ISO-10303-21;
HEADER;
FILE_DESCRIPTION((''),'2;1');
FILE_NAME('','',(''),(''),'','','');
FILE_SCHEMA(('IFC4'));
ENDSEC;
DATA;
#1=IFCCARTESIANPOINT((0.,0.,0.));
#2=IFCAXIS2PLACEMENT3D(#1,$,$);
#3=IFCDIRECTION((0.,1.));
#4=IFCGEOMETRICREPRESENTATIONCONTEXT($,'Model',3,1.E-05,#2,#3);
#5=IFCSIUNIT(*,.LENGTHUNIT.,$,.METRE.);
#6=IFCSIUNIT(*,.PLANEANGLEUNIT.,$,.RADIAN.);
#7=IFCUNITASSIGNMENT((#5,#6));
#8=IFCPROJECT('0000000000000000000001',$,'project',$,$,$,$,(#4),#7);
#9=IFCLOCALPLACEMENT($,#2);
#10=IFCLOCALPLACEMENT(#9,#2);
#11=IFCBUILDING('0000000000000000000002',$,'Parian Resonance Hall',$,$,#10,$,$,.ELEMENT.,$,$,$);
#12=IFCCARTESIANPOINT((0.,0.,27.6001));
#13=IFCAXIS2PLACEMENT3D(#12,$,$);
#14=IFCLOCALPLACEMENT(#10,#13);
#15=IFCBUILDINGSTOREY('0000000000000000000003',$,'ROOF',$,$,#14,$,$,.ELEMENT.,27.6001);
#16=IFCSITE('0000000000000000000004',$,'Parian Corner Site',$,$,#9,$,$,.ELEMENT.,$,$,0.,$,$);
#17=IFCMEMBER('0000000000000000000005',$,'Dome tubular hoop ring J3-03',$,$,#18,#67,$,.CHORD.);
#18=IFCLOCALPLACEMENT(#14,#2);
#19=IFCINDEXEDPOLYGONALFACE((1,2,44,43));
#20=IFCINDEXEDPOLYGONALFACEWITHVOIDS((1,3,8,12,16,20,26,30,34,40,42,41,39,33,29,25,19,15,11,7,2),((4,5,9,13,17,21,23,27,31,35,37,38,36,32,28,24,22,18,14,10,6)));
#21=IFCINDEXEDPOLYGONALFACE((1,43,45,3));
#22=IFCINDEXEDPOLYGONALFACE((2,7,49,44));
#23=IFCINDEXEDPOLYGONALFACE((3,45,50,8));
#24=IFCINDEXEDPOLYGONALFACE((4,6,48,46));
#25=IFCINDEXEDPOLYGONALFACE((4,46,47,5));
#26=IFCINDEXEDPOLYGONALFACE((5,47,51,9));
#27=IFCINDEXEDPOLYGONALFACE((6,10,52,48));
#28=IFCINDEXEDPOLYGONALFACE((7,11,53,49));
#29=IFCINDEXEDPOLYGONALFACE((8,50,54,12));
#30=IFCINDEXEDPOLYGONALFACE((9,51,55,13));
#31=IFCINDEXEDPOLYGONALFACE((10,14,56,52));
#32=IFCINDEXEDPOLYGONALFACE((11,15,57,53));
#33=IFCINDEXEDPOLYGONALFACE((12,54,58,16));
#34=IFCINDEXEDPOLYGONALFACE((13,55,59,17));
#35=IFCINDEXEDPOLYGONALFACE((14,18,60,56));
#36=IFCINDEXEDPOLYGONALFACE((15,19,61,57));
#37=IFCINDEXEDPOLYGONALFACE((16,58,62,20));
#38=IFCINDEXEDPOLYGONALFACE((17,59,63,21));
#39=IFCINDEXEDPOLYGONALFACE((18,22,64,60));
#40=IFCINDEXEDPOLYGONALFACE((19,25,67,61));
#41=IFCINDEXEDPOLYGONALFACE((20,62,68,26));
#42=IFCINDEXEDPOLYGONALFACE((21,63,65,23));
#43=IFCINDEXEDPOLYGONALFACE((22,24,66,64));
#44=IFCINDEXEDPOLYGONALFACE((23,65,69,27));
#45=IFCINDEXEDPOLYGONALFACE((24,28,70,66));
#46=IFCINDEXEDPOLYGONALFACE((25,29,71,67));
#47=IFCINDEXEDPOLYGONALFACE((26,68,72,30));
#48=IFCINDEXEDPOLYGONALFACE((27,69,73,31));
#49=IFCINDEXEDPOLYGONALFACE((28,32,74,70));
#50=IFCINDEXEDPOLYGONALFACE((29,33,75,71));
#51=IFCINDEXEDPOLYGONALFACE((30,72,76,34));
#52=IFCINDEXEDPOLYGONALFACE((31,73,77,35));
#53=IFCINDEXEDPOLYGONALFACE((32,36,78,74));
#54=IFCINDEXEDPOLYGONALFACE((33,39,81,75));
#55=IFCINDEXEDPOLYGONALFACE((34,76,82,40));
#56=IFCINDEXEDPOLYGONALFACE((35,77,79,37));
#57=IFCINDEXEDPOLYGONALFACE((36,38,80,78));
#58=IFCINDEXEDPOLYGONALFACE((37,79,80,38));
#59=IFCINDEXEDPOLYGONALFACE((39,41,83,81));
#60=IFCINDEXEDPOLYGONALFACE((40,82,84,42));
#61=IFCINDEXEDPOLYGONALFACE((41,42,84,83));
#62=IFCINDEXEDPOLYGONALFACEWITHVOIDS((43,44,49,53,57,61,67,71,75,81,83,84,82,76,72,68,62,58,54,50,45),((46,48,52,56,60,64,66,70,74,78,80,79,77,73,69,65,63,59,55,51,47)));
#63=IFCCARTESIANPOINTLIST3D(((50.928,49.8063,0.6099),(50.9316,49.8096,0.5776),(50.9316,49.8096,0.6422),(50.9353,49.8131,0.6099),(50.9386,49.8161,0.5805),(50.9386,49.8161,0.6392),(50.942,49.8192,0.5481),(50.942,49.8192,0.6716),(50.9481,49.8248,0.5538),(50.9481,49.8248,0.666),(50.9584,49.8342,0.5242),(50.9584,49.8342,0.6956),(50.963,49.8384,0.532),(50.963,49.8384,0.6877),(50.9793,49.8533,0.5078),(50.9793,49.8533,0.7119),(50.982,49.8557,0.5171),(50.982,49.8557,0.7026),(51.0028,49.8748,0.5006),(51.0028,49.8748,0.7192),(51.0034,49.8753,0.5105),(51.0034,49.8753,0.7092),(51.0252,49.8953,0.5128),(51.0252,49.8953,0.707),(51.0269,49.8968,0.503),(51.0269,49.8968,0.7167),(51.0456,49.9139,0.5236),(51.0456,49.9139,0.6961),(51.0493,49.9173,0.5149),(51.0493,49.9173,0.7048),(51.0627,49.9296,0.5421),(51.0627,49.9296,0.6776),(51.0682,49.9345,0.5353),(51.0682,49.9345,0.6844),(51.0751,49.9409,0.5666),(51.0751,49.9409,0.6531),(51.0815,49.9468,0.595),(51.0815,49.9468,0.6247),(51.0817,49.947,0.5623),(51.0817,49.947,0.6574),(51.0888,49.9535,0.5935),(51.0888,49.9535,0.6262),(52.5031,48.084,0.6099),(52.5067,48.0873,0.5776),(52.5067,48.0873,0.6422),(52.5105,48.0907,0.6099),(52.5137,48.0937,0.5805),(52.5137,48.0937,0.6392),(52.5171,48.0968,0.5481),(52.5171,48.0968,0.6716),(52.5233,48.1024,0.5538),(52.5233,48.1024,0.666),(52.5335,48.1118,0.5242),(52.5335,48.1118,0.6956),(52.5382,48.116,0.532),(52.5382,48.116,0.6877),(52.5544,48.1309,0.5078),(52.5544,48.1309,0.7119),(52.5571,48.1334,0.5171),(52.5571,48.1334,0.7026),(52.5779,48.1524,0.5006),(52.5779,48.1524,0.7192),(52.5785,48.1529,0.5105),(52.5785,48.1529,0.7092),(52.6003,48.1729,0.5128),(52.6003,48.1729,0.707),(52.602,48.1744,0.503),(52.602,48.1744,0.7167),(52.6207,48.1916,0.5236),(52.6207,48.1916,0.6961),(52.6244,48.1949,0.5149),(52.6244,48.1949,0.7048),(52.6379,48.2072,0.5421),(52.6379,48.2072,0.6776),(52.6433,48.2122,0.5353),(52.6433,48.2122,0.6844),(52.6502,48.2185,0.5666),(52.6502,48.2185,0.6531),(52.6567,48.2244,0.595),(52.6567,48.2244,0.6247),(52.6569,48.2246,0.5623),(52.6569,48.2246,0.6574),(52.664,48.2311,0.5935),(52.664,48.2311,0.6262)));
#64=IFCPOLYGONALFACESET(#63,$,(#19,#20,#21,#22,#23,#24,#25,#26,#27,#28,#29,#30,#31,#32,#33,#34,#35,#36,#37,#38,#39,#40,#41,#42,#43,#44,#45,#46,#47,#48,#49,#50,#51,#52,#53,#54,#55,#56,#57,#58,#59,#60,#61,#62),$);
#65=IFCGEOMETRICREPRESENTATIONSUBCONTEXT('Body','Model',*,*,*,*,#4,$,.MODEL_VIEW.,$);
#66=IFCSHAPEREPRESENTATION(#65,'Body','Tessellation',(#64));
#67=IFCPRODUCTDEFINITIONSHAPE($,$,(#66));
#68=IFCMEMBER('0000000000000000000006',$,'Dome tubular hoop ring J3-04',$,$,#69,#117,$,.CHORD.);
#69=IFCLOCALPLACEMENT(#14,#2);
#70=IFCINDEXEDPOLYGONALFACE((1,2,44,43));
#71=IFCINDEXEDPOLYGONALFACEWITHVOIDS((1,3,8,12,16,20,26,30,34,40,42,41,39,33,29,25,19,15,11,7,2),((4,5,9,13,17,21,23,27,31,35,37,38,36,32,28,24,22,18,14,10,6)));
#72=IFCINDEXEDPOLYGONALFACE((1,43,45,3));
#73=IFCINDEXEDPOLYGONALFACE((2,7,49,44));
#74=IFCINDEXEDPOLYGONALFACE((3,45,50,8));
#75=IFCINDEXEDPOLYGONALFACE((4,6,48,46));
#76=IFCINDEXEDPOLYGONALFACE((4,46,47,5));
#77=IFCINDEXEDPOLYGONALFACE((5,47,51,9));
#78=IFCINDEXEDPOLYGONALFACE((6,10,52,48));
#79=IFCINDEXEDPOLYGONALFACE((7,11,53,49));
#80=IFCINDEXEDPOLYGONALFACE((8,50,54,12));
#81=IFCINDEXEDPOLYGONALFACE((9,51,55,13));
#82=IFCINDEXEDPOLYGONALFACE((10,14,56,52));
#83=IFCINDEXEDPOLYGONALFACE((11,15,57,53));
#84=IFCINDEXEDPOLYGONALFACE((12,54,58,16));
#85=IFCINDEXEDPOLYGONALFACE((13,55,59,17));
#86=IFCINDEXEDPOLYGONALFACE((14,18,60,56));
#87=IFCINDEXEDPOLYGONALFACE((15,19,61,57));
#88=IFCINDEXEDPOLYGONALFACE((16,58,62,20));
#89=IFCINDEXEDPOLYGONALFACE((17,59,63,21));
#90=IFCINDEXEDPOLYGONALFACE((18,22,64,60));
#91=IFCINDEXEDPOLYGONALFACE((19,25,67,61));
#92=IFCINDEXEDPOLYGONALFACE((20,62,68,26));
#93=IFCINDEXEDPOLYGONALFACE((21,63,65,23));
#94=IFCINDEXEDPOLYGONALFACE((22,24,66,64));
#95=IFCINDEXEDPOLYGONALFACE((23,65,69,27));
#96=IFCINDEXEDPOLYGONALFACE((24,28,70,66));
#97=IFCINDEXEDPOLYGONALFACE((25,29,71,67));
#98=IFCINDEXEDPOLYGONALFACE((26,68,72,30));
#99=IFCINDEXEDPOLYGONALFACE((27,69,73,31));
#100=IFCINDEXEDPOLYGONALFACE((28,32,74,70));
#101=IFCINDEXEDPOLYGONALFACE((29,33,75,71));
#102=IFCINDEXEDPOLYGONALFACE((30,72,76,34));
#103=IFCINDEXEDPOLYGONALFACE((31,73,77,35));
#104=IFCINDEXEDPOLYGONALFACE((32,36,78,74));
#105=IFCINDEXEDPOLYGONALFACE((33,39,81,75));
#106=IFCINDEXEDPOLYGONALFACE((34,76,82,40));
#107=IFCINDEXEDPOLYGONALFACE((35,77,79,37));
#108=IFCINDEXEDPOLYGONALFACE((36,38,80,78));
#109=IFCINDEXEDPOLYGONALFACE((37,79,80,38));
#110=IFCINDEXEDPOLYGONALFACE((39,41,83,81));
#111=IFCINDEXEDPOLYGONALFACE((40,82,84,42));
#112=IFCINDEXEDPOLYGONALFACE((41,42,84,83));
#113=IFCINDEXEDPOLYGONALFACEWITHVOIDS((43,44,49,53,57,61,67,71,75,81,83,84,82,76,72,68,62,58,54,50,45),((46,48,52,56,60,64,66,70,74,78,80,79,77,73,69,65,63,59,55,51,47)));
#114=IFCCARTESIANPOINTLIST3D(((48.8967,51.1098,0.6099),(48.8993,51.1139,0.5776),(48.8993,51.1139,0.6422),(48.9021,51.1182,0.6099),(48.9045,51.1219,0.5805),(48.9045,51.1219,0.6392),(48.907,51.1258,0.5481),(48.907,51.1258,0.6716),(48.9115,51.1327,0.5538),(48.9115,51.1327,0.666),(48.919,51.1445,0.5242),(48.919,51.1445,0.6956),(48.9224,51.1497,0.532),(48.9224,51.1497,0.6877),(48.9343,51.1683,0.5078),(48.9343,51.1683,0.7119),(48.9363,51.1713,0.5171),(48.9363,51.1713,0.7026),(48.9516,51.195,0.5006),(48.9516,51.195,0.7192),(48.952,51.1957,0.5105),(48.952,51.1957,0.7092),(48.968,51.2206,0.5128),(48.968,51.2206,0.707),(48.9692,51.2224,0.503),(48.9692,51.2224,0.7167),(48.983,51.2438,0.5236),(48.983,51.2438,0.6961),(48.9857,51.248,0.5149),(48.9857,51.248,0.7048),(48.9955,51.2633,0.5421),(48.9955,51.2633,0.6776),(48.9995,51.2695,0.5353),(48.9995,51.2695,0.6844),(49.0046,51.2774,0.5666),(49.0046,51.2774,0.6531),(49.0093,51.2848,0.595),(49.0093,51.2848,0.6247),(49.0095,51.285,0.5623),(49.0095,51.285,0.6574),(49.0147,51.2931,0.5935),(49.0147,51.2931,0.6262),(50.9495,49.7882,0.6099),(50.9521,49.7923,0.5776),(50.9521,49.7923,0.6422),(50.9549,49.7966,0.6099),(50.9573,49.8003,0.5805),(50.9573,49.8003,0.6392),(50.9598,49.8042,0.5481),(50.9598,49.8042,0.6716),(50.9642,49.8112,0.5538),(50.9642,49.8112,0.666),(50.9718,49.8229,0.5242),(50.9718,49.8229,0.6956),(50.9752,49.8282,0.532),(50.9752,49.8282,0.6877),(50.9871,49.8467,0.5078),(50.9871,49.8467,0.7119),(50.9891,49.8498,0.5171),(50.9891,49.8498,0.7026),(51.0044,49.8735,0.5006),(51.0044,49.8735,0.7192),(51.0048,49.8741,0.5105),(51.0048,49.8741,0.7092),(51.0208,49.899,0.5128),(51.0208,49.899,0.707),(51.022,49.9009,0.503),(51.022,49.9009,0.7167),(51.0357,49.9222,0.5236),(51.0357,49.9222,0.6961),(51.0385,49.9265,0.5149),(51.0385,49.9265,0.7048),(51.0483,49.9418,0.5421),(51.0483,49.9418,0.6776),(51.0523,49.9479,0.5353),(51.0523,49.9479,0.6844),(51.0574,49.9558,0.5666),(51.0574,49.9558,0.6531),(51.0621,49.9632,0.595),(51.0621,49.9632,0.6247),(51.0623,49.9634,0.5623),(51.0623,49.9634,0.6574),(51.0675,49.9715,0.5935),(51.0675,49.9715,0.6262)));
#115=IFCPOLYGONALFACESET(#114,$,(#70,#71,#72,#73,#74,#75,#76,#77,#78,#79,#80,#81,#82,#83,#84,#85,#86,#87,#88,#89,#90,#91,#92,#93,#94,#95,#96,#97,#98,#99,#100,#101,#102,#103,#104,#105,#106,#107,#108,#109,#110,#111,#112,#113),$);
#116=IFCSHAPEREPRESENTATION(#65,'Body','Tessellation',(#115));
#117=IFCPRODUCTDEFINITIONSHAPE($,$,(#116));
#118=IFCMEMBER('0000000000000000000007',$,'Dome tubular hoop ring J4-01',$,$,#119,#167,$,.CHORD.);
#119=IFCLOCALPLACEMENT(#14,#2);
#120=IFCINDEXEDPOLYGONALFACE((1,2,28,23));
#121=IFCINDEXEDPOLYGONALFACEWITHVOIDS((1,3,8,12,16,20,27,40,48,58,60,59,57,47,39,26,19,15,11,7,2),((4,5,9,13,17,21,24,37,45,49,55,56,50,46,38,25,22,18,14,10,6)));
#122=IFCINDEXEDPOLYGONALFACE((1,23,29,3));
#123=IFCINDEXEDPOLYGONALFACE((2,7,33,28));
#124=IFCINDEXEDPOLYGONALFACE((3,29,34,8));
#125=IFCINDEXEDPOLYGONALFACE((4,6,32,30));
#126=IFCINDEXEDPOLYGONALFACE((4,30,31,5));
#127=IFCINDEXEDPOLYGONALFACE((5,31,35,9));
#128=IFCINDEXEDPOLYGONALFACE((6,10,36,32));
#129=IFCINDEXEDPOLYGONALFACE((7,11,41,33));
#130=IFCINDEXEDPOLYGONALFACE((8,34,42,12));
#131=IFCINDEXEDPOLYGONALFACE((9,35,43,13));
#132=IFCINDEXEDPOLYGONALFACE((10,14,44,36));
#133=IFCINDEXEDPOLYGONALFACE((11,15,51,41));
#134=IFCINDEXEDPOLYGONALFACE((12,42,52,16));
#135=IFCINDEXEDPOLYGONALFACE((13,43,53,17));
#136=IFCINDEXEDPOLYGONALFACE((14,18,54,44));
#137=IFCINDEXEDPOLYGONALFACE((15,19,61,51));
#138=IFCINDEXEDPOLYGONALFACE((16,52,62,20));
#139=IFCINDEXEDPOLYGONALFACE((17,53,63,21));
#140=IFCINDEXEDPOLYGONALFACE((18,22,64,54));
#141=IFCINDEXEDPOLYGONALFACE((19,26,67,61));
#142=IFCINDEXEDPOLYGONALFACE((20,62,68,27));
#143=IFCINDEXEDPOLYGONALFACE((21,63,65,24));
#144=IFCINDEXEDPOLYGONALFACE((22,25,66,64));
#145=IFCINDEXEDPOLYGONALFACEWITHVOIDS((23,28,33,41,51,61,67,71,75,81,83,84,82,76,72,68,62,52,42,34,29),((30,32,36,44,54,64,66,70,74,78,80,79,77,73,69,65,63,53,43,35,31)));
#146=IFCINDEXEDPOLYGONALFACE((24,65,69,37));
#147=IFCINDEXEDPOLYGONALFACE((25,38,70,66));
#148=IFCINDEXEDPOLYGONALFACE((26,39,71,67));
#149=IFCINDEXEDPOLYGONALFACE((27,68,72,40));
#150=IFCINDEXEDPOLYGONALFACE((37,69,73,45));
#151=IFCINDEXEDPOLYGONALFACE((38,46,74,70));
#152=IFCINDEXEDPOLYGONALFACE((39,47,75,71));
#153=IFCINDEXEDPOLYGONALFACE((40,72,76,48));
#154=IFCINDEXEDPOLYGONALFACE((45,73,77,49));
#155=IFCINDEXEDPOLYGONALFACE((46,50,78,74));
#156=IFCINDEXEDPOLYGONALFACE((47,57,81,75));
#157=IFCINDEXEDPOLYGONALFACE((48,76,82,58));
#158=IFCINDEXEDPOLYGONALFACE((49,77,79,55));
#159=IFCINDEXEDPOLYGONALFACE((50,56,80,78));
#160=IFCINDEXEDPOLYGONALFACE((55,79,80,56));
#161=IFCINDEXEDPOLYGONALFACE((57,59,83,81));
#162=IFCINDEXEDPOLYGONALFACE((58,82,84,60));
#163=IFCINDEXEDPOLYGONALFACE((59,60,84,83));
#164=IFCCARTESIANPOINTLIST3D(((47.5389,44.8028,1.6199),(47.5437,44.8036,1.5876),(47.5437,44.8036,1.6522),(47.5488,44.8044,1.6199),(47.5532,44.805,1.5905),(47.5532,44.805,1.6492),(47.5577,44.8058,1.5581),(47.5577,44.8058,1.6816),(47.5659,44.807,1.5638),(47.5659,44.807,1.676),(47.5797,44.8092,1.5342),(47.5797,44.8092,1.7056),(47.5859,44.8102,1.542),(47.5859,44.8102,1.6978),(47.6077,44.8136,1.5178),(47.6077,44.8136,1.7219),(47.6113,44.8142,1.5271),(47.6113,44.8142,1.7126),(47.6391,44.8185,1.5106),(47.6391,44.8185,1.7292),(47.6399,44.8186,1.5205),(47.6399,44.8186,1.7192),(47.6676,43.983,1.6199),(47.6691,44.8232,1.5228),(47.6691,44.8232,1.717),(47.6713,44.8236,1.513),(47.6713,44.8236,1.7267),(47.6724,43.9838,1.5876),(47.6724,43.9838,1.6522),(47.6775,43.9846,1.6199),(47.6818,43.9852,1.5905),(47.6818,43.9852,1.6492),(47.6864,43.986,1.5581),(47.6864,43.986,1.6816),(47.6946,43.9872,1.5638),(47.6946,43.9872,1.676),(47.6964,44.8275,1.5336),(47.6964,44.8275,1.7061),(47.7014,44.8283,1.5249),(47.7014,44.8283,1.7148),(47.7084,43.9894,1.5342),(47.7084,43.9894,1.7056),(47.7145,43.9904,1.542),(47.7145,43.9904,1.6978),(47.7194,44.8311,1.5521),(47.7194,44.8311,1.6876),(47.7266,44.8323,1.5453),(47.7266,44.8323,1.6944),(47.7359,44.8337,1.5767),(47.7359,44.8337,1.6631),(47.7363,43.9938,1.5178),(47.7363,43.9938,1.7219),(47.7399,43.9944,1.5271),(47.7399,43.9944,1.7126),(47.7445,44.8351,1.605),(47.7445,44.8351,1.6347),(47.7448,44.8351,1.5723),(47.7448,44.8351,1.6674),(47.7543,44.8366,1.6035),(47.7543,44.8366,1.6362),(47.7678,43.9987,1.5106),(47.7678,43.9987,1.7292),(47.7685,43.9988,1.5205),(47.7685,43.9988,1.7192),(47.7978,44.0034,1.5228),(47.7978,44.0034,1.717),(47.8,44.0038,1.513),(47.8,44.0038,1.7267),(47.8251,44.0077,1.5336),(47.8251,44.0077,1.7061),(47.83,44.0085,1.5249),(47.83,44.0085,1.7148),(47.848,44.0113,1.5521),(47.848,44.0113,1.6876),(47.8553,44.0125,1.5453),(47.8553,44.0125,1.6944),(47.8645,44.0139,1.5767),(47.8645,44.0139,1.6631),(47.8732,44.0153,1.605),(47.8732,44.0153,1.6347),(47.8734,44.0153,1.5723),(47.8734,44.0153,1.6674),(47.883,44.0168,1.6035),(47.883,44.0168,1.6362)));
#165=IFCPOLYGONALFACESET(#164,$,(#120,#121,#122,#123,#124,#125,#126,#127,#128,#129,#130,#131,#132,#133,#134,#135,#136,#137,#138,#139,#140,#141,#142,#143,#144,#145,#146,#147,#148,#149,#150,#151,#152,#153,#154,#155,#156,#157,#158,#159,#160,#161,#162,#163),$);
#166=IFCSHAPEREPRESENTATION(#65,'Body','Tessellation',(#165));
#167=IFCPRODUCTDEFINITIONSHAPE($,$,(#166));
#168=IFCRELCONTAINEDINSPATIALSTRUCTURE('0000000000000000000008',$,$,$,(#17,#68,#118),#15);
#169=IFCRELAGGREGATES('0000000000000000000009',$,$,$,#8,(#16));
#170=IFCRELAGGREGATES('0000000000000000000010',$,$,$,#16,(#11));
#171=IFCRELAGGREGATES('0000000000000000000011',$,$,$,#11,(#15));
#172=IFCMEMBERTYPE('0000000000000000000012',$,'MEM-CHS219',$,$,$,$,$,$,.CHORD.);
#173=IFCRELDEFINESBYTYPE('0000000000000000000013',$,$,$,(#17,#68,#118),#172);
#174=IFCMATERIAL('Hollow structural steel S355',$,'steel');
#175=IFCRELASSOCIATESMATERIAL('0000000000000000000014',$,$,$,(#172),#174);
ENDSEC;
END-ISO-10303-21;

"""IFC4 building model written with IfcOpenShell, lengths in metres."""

from ifc_helpers import new_model, si_unit, direction, frame, origin, origin_2d, place, context, subcontext, project, spatial, hollow_circle, extrude, material, material_profile, profile_set, type_object, element, save


model = new_model("IFC4")

# Units and contexts
model_context = context("Model", 3, precision=1e-05, world=origin(), true_north=direction((0.0, 1.0)))
body_context = subcontext(model_context, "Body", "Model", "MODEL_VIEW")
ifc_project = project(units=[si_unit("LENGTHUNIT", "METRE"), si_unit("PLANEANGLEUNIT", "RADIAN")], contexts=[model_context])

# Site, building, storey
site_placement = place(None, origin())
site = spatial("IfcSite", under=ifc_project, at=site_placement, Name="Parian Corner Site", CompositionType="ELEMENT", RefElevation=0.0)
building_placement = place(site_placement, origin())
building = spatial("IfcBuilding", under=site, at=building_placement, Name="Parian Resonance Hall", CompositionType="ELEMENT")
storey_placement = place(building_placement, frame((0.0, 0.0, 27.6001)))
storey = spatial("IfcBuildingStorey", under=building, at=storey_placement, Name="ROOF", CompositionType="ELEMENT", Elevation=27.6001)

# Members
ifc_material_1 = material(Name="Hollow structural steel S355", Category="steel")
ifc_material_profile_1 = material_profile(ifc_material_1, hollow_circle(Radius=0.1096, WallThickness=0.01, at=origin_2d()), Name="CHS219.1x10")
ifc_profile_set_1 = profile_set([ifc_material_profile_1], Name="Hollow structural steel S355")
member_type_1 = type_object("IfcMemberType", Name="MEM-CHS219", PredefinedType="CHORD", material=ifc_profile_set_1)
member_1_placement = place(storey_placement, frame((52.584, 48.158, 0.6099), z_axis=(-0.674867, 0.73794, 0.0), x_axis=(-0.73794, -0.674867, 0.0)))
element("IfcMember", 1, at=member_1_placement, inside=storey, type_object=member_type_1, Name="Dome tubular hoop ring J3-03", PredefinedType="CHORD", context=body_context, shape_type="SweptSolid", body=[
    extrude(hollow_circle(Radius=0.1096, WallThickness=0.01, at=origin_2d()), origin(), (0.0, 0.0, 1.0), 2.334),
])
member_2_placement = place(storey_placement, frame((51.0088, 49.8804, 0.6099), z_axis=(-0.840821, 0.541313, 0.0), x_axis=(-0.541313, -0.840821, 0.0)))
element("IfcMember", 2, at=member_2_placement, inside=storey, type_object=member_type_1, Name="Dome tubular hoop ring J3-04", PredefinedType="CHORD", context=body_context, shape_type="SweptSolid", body=[
    extrude(hollow_circle(Radius=0.1096, WallThickness=0.01, at=origin_2d()), origin(), (0.0, 0.0, 1.0), 2.4414),
])
member_3_placement = place(storey_placement, frame((47.7759, 44.0, 1.6199), z_axis=(-0.155041, 0.987908, 0.0), x_axis=(-0.987908, -0.155041, 0.0)))
element("IfcMember", 3, at=member_3_placement, inside=storey, type_object=member_type_1, Name="Dome tubular hoop ring J4-01", PredefinedType="CHORD", context=body_context, shape_type="SweptSolid", body=[
    extrude(hollow_circle(Radius=0.1096, WallThickness=0.01, at=origin_2d()), origin(), (0.0, 0.0, 1.0), 0.8298),
])

save(model, "model.ifc")
